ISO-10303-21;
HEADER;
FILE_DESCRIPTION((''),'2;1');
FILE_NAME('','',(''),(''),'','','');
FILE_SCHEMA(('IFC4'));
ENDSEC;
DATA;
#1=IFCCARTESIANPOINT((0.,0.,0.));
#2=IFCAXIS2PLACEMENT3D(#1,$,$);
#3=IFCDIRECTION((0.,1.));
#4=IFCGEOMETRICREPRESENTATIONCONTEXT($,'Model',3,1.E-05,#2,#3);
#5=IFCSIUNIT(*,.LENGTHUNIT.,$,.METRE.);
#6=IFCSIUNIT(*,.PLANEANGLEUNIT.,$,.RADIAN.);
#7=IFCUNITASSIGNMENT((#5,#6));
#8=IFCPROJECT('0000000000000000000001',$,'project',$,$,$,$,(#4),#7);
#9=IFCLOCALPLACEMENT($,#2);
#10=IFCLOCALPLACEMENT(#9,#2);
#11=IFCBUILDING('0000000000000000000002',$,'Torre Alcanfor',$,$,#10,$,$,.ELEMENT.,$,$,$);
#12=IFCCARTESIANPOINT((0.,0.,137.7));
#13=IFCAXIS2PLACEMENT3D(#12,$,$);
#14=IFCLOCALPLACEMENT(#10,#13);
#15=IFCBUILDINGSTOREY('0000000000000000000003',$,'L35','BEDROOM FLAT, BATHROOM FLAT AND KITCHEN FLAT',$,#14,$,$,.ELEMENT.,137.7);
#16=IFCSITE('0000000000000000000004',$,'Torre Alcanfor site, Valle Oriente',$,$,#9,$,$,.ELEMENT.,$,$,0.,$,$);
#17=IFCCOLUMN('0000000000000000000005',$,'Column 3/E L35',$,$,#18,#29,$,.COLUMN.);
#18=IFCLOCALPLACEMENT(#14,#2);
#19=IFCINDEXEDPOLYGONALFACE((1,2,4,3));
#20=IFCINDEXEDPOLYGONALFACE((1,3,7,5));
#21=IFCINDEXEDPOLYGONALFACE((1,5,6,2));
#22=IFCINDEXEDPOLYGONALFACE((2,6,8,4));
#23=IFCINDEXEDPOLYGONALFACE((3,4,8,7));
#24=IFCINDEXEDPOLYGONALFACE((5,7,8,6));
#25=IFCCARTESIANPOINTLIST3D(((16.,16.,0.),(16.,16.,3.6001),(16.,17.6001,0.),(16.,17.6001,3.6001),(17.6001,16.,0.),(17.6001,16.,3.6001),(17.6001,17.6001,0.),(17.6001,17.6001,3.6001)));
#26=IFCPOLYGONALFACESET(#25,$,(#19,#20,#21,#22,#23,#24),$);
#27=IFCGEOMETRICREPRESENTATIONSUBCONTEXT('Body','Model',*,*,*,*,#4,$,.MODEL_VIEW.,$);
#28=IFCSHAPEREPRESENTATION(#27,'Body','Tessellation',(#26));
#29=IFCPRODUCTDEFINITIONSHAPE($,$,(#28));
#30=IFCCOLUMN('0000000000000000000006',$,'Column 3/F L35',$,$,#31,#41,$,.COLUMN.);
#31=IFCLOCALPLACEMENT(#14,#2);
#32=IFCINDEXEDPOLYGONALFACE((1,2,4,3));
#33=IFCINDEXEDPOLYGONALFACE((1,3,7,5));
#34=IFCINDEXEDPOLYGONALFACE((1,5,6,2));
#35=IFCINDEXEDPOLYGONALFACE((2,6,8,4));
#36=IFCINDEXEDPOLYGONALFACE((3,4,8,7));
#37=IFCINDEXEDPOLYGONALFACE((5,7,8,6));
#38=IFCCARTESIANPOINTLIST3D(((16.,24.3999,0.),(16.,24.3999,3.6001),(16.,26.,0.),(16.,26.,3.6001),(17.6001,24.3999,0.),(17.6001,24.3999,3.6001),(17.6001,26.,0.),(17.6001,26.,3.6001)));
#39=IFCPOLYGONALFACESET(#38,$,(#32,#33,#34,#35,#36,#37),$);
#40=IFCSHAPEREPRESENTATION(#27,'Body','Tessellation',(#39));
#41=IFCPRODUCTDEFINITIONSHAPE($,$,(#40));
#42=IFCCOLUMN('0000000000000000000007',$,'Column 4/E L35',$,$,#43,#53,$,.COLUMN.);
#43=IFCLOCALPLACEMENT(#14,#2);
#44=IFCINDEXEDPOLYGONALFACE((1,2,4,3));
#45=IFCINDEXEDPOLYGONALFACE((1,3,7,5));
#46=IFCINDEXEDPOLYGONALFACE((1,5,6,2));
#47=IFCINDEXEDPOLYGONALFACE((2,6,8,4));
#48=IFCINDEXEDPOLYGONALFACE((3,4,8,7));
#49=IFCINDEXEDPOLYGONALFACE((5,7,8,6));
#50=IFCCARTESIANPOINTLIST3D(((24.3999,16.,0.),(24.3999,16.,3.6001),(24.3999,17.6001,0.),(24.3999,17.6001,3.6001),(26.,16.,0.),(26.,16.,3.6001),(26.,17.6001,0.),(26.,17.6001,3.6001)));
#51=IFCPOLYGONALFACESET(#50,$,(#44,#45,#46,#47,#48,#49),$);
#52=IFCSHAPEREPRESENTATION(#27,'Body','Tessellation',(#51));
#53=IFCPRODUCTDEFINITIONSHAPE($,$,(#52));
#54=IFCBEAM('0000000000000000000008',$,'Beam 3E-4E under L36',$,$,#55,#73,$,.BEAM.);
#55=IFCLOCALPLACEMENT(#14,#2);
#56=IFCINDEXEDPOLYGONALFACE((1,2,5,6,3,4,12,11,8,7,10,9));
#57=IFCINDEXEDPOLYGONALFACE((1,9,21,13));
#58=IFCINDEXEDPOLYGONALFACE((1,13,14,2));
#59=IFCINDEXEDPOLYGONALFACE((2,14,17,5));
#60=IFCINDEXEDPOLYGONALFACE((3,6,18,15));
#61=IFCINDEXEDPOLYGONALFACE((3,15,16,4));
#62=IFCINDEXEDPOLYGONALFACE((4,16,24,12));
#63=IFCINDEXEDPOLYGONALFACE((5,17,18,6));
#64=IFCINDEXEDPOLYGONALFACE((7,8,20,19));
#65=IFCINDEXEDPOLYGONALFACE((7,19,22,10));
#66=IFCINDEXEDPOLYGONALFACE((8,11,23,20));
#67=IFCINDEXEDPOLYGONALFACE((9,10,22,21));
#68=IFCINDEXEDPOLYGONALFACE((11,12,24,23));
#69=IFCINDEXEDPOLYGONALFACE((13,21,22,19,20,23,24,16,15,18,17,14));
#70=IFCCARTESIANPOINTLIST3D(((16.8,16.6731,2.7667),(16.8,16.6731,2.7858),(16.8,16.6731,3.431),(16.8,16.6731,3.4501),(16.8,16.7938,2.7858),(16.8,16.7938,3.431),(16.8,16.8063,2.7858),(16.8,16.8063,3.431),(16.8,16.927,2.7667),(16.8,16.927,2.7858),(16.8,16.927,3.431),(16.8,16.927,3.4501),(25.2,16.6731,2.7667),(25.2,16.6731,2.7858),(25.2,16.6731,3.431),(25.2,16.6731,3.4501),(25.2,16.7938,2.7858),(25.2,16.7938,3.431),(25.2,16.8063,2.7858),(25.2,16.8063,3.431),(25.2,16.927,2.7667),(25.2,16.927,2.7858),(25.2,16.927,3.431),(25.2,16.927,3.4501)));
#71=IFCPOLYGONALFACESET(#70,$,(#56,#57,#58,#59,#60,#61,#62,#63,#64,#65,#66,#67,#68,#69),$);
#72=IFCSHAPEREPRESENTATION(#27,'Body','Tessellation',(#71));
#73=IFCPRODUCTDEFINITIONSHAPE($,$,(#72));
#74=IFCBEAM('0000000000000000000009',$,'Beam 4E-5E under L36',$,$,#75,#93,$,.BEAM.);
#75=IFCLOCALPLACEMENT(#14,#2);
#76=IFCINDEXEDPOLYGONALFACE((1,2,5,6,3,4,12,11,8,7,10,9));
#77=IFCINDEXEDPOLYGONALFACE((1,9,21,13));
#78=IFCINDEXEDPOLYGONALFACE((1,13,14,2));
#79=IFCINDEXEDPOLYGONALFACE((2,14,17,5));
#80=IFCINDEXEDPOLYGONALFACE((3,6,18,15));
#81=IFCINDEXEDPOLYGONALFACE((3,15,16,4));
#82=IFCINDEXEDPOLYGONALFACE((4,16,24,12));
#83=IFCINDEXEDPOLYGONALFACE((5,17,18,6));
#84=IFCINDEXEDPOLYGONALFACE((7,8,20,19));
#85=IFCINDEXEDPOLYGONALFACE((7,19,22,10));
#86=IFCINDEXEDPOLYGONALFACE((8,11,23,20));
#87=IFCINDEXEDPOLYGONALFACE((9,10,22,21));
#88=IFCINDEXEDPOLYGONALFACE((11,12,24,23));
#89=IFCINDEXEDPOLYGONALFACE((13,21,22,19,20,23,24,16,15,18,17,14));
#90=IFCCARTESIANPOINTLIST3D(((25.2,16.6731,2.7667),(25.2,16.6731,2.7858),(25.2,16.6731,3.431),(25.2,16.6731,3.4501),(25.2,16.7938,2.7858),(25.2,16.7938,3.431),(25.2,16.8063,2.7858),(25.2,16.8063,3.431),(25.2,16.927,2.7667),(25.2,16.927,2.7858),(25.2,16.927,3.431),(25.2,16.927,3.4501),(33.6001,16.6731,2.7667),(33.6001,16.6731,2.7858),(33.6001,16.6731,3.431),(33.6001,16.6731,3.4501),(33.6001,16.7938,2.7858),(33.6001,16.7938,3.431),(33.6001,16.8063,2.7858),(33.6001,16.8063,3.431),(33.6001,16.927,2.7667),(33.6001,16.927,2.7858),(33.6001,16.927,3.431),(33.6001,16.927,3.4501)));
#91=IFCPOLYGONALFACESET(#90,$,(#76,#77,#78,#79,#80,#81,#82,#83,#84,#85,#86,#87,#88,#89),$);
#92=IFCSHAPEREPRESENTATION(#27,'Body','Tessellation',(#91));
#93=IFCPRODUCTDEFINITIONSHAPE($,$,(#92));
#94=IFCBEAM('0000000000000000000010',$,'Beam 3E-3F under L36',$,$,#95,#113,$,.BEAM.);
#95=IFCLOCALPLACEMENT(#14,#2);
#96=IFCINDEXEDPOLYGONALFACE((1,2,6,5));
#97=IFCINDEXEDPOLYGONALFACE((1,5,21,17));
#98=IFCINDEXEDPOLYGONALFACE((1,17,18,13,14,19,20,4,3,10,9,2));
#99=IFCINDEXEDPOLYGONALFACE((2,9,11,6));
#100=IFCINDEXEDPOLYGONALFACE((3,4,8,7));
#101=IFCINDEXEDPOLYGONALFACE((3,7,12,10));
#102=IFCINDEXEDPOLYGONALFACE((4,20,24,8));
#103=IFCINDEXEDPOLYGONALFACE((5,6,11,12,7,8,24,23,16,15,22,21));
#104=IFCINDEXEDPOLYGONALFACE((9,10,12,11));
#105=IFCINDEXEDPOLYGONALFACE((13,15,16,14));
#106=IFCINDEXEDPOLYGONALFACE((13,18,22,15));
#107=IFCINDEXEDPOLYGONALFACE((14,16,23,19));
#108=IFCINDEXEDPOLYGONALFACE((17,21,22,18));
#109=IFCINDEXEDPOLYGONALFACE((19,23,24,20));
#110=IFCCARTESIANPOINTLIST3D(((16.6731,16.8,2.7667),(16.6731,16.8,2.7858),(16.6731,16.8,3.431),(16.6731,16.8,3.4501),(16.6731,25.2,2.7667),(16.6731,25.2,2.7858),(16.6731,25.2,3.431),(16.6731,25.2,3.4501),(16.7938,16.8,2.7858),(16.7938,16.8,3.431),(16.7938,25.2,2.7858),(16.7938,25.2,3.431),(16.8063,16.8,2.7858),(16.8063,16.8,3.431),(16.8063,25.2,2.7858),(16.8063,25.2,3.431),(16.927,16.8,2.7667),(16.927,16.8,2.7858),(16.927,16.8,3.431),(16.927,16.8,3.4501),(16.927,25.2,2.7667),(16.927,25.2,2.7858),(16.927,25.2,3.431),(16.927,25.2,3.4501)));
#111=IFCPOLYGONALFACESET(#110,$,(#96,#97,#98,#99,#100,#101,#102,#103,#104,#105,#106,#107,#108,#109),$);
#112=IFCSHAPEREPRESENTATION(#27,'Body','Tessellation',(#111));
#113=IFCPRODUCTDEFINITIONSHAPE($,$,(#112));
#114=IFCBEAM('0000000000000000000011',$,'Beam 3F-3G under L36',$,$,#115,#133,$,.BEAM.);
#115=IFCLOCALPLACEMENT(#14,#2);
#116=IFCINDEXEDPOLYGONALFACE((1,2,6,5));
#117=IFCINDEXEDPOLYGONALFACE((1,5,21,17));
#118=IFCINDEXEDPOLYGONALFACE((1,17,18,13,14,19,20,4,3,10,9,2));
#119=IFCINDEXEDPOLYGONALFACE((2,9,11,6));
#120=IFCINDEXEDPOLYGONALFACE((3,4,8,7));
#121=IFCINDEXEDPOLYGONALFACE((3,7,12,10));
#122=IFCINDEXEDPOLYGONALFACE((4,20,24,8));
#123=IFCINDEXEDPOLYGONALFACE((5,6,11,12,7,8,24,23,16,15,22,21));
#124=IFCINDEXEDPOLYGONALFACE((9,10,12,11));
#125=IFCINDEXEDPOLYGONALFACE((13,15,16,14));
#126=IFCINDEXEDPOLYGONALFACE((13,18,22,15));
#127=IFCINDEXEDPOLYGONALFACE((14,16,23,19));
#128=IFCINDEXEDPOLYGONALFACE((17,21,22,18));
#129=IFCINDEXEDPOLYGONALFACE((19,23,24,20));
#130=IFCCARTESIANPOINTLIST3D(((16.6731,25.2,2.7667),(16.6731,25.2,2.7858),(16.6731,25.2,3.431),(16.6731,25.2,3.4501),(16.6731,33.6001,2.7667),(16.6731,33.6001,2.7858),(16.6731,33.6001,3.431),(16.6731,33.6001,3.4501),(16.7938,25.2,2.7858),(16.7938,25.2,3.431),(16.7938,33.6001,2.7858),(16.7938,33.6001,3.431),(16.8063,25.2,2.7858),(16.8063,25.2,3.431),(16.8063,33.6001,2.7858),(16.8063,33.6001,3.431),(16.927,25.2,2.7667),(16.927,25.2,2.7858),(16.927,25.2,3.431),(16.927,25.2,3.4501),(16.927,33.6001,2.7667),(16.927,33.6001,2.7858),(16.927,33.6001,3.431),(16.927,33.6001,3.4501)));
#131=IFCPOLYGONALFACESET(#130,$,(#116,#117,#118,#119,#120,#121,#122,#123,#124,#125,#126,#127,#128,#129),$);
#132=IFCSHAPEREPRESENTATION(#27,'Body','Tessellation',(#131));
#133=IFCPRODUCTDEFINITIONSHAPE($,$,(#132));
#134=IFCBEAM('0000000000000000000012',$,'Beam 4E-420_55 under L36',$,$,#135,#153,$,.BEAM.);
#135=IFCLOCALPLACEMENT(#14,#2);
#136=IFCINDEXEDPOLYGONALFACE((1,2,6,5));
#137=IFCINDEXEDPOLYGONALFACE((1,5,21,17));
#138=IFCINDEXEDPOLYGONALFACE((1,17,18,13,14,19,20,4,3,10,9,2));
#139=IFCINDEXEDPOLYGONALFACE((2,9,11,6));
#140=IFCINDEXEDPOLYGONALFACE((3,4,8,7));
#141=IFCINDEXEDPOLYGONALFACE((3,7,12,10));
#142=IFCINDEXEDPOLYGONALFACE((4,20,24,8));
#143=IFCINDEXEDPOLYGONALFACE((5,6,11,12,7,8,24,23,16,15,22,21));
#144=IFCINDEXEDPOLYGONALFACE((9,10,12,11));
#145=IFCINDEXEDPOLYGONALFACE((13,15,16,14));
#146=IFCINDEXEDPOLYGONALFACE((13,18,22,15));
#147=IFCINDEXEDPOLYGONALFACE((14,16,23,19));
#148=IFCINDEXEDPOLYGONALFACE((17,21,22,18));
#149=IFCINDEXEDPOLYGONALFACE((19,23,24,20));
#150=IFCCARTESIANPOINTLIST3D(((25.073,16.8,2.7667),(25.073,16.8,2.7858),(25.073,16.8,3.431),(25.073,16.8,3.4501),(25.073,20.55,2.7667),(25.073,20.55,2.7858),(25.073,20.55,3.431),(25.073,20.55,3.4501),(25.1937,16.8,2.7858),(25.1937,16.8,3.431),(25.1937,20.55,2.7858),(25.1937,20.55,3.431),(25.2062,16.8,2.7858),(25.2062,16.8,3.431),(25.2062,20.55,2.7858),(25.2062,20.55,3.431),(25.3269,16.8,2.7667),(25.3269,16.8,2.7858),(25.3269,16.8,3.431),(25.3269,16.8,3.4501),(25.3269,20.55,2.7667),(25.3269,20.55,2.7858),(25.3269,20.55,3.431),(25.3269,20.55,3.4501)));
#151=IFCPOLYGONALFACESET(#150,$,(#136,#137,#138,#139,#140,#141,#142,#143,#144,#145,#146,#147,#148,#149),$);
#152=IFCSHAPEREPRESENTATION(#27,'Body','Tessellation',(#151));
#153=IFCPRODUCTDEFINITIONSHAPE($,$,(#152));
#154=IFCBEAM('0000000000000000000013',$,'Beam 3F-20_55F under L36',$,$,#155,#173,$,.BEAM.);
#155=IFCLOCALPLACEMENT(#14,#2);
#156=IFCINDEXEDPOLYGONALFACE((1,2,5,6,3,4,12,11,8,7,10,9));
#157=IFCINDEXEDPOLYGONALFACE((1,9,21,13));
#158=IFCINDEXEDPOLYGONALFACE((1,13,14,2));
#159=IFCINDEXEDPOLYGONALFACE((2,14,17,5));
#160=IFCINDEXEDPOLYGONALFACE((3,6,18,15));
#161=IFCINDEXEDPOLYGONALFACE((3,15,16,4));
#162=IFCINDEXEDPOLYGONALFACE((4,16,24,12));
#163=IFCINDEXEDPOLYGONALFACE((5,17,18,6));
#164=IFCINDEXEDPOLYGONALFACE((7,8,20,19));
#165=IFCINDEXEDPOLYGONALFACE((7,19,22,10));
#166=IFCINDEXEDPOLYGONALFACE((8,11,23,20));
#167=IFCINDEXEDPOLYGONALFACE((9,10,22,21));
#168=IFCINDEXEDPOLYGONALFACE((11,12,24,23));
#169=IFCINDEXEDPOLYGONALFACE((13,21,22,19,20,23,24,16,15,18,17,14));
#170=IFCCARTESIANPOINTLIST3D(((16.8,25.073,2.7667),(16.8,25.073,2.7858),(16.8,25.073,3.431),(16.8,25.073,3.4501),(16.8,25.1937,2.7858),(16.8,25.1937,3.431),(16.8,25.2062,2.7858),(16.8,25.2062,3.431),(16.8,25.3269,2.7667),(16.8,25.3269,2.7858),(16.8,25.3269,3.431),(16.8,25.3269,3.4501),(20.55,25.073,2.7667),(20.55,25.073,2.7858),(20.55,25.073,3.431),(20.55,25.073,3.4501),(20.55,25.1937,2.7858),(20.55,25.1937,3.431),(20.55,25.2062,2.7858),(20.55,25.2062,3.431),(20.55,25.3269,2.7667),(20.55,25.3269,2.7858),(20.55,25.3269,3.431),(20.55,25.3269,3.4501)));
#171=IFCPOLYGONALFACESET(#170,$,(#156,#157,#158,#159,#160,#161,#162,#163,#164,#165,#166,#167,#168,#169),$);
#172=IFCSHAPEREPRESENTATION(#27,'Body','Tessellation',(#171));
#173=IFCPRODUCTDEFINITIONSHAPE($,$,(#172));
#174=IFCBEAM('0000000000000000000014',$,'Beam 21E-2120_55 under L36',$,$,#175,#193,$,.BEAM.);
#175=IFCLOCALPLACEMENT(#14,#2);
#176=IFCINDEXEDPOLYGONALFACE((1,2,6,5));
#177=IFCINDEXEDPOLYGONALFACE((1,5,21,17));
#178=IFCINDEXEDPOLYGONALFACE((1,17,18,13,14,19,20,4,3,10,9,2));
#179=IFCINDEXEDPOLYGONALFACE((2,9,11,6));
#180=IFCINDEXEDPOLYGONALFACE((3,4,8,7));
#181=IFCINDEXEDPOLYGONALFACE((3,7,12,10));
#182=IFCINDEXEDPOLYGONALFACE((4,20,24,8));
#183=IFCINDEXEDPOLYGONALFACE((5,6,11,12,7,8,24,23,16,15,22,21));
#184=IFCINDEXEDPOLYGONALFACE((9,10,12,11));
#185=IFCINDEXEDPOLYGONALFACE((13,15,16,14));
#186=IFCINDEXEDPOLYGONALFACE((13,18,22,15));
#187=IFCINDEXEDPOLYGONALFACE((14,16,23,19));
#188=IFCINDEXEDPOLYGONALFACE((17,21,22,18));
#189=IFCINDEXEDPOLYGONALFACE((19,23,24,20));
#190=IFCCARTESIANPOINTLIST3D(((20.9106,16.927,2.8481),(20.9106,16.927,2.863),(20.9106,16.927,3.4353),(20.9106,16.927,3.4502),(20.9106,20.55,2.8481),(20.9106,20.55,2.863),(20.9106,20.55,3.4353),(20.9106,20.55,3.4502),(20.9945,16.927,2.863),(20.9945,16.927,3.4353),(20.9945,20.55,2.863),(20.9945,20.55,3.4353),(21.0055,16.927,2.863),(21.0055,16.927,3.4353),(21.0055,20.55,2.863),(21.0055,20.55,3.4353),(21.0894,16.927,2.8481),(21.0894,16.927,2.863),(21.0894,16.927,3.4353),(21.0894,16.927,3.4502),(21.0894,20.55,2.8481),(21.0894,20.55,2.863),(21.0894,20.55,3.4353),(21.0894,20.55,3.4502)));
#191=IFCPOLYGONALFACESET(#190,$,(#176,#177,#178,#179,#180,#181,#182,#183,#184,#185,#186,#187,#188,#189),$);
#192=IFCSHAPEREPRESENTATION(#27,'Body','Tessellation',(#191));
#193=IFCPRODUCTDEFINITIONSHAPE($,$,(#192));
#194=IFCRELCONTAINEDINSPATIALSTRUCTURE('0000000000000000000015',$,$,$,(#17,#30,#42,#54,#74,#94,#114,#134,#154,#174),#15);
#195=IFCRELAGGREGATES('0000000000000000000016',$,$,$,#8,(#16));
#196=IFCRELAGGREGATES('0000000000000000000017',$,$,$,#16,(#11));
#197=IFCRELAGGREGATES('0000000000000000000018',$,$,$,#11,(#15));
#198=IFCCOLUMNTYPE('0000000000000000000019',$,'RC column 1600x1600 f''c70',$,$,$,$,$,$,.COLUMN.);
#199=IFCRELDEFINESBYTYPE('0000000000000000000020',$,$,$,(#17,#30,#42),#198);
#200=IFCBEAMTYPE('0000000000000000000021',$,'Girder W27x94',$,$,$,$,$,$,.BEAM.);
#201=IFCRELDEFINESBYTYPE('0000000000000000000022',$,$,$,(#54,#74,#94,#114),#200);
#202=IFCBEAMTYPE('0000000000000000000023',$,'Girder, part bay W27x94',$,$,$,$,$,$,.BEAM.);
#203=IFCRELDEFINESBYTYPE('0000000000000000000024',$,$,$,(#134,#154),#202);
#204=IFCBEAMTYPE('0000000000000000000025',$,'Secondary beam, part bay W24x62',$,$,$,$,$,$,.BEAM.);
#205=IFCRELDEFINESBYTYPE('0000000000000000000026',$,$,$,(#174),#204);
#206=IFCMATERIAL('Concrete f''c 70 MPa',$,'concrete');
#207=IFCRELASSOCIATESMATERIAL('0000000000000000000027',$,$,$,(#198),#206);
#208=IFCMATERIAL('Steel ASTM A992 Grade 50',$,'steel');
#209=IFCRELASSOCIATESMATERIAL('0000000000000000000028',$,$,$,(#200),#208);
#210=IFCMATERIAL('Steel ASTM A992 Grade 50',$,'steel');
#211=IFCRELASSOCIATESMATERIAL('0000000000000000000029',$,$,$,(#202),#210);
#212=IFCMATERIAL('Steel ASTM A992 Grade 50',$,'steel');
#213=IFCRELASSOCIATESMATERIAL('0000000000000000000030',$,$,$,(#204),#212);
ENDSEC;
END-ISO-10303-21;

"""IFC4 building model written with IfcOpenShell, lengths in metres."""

from ifc_helpers import new_model, si_unit, direction, frame, origin, origin_2d, place, context, subcontext, project, spatial, rectangle, i_section, extrude, material, material_profile, profile_set, type_object, element, save


model = new_model("IFC4")

# Units and contexts
model_context = context("Model", 3, precision=1e-05, world=origin(), true_north=direction((0.0, 1.0)))
body_context = subcontext(model_context, "Body", "Model", "MODEL_VIEW")
ifc_project = project(units=[si_unit("LENGTHUNIT", "METRE"), si_unit("PLANEANGLEUNIT", "RADIAN")], contexts=[model_context])

# Site, building, storey
site_placement = place(None, origin())
site = spatial("IfcSite", under=ifc_project, at=site_placement, Name="Torre Alcanfor site, Valle Oriente", CompositionType="ELEMENT", RefElevation=0.0)
building_placement = place(site_placement, origin())
building = spatial("IfcBuilding", under=site, at=building_placement, Name="Torre Alcanfor", CompositionType="ELEMENT")
storey_placement = place(building_placement, frame((0.0, 0.0, 137.7)))
storey = spatial("IfcBuildingStorey", under=building, at=storey_placement, Name="L35", Description="BEDROOM FLAT, BATHROOM FLAT AND KITCHEN FLAT", CompositionType="ELEMENT", Elevation=137.7)

# Columns
ifc_material_1 = material(Name="Concrete f'c 70 MPa", Category="concrete")
ifc_material_profile_1 = material_profile(ifc_material_1, rectangle(XDim=1.6001, YDim=1.6001, at=origin_2d()), Name="1600x1600")
ifc_profile_set_1 = profile_set([ifc_material_profile_1], Name="Concrete f'c 70 MPa")
column_type = type_object("IfcColumnType", Name="RC column 1600x1600 f'c70", PredefinedType="COLUMN", material=ifc_profile_set_1)
for number, where, z_axis, x_axis, name in (
    (1, (16.8, 16.8, 0.0), (0.0, 0.0, 1.0), (1.0, 0.0, 0.0), "Column 3/E L35"),
    (2, (16.8, 25.2, 0.0), (0.0, 0.0, 1.0), (1.0, 0.0, 0.0), "Column 3/F L35"),
    (3, (25.2, 16.8, 0.0), (0.0, 0.0, 1.0), (1.0, 0.0, 0.0), "Column 4/E L35"),
):
    element("IfcColumn", number, at=place(storey_placement, frame(where, z_axis=z_axis, x_axis=x_axis)), inside=storey, type_object=column_type, Name=name, PredefinedType="COLUMN", context=body_context, shape_type="SweptSolid", body=[
        extrude(rectangle(XDim=1.6001, YDim=1.6001, at=origin_2d()), origin(), (0.0, 0.0, 1.0), 3.6001),
    ])

# Beams
ifc_material_2 = material(Name="Steel ASTM A992 Grade 50", Category="steel")
ifc_material_profile_2 = material_profile(ifc_material_2, i_section(OverallWidth=0.2539, OverallDepth=0.6833, WebThickness=0.0125, FlangeThickness=0.019, at=origin_2d()), Name="W27x94")
ifc_profile_set_2 = profile_set([ifc_material_profile_2], Name="Steel ASTM A992 Grade 50")
beam_type_1 = type_object("IfcBeamType", Name="Girder W27x94", PredefinedType="BEAM", material=ifc_profile_set_2)
beam_1_placement = place(storey_placement, frame((16.8, 16.8, 3.1084), z_axis=(1.0, 0.0, 0.0), x_axis=(0.0, 1.0, 0.0)))
element("IfcBeam", 4, at=beam_1_placement, inside=storey, type_object=beam_type_1, Name="Beam 3E-4E under L36", PredefinedType="BEAM", context=body_context, shape_type="SweptSolid", body=[
    extrude(i_section(OverallWidth=0.2539, OverallDepth=0.6833, WebThickness=0.0125, FlangeThickness=0.019, at=origin_2d()), origin(), (0.0, 0.0, 1.0), 8.3999),
])
beam_2_placement = place(storey_placement, frame((25.2, 16.8, 3.1084), z_axis=(1.0, 0.0, 0.0), x_axis=(0.0, 1.0, 0.0)))
element("IfcBeam", 5, at=beam_2_placement, inside=storey, type_object=beam_type_1, Name="Beam 4E-5E under L36", PredefinedType="BEAM", context=body_context, shape_type="SweptSolid", body=[
    extrude(i_section(OverallWidth=0.2539, OverallDepth=0.6833, WebThickness=0.0125, FlangeThickness=0.019, at=origin_2d()), origin(), (0.0, 0.0, 1.0), 8.4001),
])
beam_3_placement = place(storey_placement, frame((16.8, 16.8, 3.1084), z_axis=(0.0, 1.0, 0.0), x_axis=(-1.0, 0.0, 0.0)))
element("IfcBeam", 6, at=beam_3_placement, inside=storey, type_object=beam_type_1, Name="Beam 3E-3F under L36", PredefinedType="BEAM", context=body_context, shape_type="SweptSolid", body=[
    extrude(i_section(OverallWidth=0.2539, OverallDepth=0.6833, WebThickness=0.0125, FlangeThickness=0.019, at=origin_2d()), origin(), (0.0, 0.0, 1.0), 8.3999),
])
beam_4_placement = place(storey_placement, frame((16.8, 25.2, 3.1084), z_axis=(0.0, 1.0, 0.0), x_axis=(-1.0, 0.0, 0.0)))
element("IfcBeam", 7, at=beam_4_placement, inside=storey, type_object=beam_type_1, Name="Beam 3F-3G under L36", PredefinedType="BEAM", context=body_context, shape_type="SweptSolid", body=[
    extrude(i_section(OverallWidth=0.2539, OverallDepth=0.6833, WebThickness=0.0125, FlangeThickness=0.019, at=origin_2d()), origin(), (0.0, 0.0, 1.0), 8.4001),
])
ifc_material_3 = material(Name="Steel ASTM A992 Grade 50", Category="steel")
ifc_material_profile_3 = material_profile(ifc_material_3, i_section(OverallWidth=0.2539, OverallDepth=0.6833, WebThickness=0.0125, FlangeThickness=0.019, at=origin_2d()), Name="W27x94")
ifc_profile_set_3 = profile_set([ifc_material_profile_3], Name="Steel ASTM A992 Grade 50")
beam_type_2 = type_object("IfcBeamType", Name="Girder, part bay W27x94", PredefinedType="BEAM", material=ifc_profile_set_3)
for number, where, z_axis, x_axis, name in (
    (8, (25.2, 16.8, 3.1084), (0.0, 1.0, 0.0), (-1.0, 0.0, 0.0), "Beam 4E-420_55 under L36"),
    (9, (16.8, 25.2, 3.1084), (1.0, 0.0, 0.0), (0.0, 1.0, 0.0), "Beam 3F-20_55F under L36"),
):
    element("IfcBeam", number, at=place(storey_placement, frame(where, z_axis=z_axis, x_axis=x_axis)), inside=storey, type_object=beam_type_2, Name=name, PredefinedType="BEAM", context=body_context, shape_type="SweptSolid", body=[
        extrude(i_section(OverallWidth=0.2539, OverallDepth=0.6833, WebThickness=0.0125, FlangeThickness=0.019, at=origin_2d()), origin(), (0.0, 0.0, 1.0), 3.75),
    ])
ifc_material_4 = material(Name="Steel ASTM A992 Grade 50", Category="steel")
ifc_material_profile_4 = material_profile(ifc_material_4, i_section(OverallWidth=0.1787, OverallDepth=0.6021, WebThickness=0.011, FlangeThickness=0.0149, at=origin_2d()), Name="W24x62")
ifc_profile_set_4 = profile_set([ifc_material_profile_4], Name="Steel ASTM A992 Grade 50")
beam_type_3 = type_object("IfcBeamType", Name="Secondary beam, part bay W24x62", PredefinedType="BEAM", material=ifc_profile_set_4)
beam_5_placement = place(storey_placement, frame((21.0, 16.927, 3.1492), z_axis=(0.0, 1.0, 0.0), x_axis=(-1.0, 0.0, 0.0)))
element("IfcBeam", 10, at=beam_5_placement, inside=storey, type_object=beam_type_3, Name="Beam 21E-2120_55 under L36", PredefinedType="BEAM", context=body_context, shape_type="SweptSolid", body=[
    extrude(i_section(OverallWidth=0.1787, OverallDepth=0.6021, WebThickness=0.011, FlangeThickness=0.0149, at=origin_2d()), origin(), (0.0, 0.0, 1.0), 3.623),
])

save(model, "model.ifc")
